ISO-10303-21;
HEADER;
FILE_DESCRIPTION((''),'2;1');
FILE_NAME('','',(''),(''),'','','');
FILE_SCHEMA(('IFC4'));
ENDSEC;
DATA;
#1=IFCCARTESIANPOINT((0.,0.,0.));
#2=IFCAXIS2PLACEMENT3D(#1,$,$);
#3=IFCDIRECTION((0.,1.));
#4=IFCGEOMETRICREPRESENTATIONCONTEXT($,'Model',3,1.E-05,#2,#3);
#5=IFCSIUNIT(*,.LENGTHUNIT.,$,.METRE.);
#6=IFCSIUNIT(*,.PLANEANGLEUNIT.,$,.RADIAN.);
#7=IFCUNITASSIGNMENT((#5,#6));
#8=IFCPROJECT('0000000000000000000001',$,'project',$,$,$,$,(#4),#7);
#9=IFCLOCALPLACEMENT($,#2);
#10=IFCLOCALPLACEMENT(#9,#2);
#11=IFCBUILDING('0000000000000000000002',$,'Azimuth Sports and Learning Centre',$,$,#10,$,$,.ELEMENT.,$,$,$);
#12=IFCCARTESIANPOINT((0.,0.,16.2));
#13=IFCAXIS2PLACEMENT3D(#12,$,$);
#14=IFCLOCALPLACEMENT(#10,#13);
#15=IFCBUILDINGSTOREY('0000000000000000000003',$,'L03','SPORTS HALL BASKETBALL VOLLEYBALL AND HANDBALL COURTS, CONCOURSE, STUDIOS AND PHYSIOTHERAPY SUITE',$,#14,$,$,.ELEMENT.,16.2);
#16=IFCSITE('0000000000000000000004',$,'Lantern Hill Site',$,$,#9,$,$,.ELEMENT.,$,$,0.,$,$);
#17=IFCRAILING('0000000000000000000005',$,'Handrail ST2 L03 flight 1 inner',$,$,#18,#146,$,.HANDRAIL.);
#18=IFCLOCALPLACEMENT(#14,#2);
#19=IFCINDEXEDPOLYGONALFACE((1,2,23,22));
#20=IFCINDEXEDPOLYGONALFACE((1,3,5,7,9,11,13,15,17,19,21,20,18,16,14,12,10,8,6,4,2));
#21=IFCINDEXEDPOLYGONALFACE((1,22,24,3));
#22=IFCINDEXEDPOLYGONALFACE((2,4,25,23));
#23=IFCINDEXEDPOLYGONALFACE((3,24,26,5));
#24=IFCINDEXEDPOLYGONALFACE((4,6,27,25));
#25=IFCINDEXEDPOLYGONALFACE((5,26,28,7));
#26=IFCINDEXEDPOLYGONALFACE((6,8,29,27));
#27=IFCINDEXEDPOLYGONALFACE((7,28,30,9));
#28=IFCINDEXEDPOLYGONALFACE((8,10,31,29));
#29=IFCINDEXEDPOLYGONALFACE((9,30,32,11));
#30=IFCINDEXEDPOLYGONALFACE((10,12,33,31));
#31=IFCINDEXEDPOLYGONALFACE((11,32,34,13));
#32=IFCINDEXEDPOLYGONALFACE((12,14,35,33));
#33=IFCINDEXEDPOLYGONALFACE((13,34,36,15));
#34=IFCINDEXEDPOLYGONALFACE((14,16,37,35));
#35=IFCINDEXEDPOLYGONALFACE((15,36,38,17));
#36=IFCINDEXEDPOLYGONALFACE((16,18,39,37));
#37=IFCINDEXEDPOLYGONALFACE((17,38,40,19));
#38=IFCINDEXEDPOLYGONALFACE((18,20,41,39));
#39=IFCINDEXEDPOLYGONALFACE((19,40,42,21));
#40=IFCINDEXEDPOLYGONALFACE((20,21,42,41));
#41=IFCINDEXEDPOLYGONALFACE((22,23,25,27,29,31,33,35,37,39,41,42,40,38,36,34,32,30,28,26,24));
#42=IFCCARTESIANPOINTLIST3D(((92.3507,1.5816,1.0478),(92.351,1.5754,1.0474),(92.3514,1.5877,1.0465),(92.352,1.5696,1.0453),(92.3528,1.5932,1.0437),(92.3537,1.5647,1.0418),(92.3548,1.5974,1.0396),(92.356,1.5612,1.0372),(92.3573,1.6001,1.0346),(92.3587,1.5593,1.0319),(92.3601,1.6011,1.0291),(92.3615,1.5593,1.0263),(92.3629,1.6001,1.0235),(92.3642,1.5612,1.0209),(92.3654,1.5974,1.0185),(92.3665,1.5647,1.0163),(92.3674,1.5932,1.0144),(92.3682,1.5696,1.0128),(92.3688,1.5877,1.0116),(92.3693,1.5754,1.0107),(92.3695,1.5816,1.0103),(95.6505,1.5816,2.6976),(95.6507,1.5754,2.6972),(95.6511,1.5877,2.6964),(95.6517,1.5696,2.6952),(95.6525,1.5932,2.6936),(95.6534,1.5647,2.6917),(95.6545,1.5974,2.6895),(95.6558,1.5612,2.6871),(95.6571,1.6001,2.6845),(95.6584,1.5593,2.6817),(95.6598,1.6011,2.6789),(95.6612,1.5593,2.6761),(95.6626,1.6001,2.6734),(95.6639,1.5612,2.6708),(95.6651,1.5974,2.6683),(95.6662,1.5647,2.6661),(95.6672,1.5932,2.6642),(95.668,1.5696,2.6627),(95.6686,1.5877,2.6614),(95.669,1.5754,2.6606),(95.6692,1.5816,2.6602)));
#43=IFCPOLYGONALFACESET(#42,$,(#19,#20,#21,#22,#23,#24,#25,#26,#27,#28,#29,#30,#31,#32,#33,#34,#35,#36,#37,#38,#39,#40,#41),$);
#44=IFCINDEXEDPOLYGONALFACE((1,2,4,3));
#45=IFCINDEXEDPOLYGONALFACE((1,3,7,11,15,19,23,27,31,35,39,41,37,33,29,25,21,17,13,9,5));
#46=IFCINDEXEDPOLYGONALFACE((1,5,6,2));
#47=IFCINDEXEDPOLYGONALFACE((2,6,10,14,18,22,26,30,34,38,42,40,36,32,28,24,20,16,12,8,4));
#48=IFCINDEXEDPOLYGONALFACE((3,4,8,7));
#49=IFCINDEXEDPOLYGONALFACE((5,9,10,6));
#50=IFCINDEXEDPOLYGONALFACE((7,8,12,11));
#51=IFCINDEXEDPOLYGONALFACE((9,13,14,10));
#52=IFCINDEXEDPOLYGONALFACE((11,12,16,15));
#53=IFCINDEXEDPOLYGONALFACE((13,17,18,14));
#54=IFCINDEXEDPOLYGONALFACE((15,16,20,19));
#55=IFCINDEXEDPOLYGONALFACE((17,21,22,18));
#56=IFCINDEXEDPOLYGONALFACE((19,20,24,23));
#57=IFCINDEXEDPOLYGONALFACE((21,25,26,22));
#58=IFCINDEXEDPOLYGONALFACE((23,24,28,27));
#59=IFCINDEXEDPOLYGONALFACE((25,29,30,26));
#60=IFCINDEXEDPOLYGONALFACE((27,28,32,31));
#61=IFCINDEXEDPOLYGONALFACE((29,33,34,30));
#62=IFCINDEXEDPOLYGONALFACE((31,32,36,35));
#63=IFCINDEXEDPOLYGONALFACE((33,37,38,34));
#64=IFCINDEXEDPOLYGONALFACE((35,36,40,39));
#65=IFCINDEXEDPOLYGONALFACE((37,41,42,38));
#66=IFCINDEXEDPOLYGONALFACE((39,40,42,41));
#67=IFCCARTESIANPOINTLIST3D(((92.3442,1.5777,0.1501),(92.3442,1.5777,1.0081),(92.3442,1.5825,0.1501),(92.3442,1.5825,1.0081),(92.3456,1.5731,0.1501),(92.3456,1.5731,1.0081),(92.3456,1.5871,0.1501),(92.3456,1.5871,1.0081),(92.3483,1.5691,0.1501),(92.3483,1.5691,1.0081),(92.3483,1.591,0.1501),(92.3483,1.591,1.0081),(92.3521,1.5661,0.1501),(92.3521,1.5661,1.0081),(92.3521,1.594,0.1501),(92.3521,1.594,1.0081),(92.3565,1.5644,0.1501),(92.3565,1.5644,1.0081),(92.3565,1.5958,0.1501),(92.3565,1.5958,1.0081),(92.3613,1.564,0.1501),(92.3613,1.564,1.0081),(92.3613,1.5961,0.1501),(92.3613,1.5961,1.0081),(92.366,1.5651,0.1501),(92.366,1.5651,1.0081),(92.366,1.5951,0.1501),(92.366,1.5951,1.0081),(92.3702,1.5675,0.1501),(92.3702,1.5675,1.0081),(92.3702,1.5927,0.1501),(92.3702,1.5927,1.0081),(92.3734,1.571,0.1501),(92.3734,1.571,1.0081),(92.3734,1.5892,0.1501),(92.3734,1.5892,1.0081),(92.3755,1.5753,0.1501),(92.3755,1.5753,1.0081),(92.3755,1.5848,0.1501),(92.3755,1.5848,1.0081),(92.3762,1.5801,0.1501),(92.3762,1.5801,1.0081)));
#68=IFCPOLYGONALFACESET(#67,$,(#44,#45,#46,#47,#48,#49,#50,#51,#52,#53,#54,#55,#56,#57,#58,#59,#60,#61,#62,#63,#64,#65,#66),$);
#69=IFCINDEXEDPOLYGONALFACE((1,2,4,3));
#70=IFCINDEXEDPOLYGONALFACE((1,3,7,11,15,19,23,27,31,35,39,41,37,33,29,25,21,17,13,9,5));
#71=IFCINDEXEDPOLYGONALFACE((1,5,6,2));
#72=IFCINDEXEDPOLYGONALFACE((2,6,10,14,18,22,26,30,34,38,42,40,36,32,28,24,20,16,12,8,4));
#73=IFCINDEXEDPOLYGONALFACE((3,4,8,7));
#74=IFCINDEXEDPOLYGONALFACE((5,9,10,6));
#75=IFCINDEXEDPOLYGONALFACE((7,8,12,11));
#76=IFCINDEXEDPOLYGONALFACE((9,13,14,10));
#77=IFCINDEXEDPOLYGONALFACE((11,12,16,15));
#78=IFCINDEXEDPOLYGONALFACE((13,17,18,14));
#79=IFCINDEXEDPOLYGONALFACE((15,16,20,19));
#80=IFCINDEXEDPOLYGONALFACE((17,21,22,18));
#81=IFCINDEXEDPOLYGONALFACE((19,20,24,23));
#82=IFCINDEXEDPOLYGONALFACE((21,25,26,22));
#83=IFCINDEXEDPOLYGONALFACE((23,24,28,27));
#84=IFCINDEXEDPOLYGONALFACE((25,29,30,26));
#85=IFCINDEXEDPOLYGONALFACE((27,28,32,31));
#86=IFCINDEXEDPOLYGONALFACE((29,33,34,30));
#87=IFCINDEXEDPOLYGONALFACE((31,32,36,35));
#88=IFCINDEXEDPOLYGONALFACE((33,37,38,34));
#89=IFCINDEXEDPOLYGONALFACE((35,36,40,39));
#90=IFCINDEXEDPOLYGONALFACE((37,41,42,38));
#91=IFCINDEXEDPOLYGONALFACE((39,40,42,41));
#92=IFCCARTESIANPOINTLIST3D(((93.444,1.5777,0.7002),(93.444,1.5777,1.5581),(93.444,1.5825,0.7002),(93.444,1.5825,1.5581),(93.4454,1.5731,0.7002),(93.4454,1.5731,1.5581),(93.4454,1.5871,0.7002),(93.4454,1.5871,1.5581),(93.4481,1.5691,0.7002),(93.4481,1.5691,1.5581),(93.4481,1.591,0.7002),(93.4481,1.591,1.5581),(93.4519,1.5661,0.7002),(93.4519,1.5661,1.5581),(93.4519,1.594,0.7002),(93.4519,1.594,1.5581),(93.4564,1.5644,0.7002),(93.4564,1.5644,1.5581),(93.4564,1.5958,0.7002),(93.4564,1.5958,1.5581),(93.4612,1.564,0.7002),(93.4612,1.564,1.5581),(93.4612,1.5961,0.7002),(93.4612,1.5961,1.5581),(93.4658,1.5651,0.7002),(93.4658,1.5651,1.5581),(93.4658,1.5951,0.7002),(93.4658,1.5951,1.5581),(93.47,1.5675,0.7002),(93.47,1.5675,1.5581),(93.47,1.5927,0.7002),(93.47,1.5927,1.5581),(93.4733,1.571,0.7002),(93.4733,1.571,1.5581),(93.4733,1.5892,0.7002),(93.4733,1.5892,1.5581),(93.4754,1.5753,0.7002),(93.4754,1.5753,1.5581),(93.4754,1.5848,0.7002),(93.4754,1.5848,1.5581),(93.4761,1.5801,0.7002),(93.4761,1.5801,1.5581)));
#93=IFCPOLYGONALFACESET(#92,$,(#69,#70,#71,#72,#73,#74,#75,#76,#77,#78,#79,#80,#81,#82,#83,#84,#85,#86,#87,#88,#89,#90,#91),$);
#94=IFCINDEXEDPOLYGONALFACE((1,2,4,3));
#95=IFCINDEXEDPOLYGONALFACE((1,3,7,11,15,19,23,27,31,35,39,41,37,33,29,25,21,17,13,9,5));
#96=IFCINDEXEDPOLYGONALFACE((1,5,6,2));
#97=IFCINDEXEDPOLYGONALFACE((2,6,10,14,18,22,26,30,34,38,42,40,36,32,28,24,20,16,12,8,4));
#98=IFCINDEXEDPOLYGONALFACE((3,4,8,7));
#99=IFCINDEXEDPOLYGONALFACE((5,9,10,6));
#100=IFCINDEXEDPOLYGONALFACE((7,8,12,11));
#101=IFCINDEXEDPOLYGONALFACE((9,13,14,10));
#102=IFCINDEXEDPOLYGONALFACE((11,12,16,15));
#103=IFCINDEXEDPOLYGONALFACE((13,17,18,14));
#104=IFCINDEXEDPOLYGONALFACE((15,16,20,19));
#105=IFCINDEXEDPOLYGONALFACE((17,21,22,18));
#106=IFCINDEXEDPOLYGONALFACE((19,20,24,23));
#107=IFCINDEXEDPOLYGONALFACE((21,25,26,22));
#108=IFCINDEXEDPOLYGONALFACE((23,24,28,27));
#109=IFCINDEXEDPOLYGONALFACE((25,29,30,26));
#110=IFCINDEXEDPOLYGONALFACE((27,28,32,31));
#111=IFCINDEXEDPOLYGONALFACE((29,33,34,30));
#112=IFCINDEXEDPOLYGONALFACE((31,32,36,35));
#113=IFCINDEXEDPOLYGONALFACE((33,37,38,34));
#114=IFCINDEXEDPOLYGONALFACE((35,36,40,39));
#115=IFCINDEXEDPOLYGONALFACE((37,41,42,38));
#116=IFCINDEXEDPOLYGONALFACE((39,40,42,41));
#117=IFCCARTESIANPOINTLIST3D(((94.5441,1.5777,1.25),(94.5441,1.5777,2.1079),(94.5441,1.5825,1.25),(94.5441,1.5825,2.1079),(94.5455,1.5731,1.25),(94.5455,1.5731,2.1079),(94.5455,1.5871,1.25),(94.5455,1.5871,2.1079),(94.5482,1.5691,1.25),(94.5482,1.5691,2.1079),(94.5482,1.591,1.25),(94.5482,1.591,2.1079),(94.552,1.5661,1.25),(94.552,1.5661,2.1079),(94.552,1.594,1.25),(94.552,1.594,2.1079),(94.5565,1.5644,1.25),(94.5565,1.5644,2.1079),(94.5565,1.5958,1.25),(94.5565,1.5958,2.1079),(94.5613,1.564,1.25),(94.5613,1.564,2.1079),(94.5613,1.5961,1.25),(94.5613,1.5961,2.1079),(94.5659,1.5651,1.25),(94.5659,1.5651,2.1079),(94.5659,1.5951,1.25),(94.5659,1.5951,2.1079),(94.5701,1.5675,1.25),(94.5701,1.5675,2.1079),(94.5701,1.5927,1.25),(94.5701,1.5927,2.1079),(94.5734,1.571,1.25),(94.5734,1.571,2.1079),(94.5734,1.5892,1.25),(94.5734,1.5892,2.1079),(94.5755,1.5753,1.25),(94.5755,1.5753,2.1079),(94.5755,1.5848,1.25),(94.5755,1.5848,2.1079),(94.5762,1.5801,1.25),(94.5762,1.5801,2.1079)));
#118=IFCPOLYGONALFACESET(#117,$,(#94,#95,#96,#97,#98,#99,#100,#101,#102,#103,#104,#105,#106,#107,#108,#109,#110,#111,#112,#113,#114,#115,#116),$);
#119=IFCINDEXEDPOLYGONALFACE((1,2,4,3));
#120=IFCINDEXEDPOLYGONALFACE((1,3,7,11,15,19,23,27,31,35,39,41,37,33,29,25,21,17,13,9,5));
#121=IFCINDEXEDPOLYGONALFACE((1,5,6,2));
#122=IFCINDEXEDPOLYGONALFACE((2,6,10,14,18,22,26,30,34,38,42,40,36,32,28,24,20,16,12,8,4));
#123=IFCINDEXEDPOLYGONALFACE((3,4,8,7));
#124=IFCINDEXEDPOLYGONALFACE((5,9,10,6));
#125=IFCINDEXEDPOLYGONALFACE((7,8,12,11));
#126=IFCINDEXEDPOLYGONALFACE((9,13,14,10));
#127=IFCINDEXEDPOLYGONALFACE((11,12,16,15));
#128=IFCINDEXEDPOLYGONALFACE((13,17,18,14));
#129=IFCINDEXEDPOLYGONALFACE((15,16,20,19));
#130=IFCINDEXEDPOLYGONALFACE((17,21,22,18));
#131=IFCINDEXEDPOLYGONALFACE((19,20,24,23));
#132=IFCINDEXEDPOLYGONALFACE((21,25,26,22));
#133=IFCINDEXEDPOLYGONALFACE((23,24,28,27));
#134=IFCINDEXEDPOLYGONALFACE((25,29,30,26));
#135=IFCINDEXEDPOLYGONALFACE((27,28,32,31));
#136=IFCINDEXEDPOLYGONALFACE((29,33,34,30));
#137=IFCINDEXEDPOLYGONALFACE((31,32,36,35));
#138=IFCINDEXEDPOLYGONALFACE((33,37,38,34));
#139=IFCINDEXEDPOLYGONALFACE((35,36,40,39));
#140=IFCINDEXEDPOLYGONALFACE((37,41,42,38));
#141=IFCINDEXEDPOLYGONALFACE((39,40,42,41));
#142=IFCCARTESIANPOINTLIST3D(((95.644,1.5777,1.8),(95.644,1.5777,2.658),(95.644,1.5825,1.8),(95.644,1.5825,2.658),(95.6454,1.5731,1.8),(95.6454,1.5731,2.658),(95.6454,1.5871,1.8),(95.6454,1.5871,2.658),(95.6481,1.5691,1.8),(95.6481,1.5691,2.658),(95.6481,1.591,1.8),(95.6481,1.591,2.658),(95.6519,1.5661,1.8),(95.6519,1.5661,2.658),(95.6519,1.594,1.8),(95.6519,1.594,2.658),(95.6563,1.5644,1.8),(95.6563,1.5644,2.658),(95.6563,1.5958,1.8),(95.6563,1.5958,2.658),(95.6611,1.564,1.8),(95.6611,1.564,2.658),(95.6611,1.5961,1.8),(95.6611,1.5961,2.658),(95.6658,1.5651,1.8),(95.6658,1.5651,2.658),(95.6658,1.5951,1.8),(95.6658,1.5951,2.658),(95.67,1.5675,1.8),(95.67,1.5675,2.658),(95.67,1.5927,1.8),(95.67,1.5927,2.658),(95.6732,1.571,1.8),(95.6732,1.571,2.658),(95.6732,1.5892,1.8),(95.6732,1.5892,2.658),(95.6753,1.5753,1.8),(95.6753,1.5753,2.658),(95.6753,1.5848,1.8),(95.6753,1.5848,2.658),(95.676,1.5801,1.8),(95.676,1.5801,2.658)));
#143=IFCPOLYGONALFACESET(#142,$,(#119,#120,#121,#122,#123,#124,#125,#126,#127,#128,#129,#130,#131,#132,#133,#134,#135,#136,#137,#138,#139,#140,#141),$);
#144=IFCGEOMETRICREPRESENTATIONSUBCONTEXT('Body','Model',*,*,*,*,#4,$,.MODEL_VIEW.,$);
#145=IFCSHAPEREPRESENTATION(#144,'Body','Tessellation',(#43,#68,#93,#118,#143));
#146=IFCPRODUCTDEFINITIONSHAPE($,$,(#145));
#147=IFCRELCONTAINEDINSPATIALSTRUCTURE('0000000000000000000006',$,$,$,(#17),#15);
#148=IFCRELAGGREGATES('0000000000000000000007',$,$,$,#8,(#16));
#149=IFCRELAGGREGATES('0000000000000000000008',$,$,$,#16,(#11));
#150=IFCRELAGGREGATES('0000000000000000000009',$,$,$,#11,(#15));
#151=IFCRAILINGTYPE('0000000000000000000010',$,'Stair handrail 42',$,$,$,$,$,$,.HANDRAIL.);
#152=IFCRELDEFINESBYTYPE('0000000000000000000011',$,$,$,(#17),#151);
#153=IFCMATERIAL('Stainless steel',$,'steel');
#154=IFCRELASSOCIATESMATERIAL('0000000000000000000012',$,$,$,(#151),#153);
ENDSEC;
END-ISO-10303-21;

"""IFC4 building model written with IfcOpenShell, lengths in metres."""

from ifc_helpers import new_model, si_unit, direction, frame, origin, origin_2d, place, context, subcontext, project, spatial, circle, extrude, material, type_object, element, save


model = new_model("IFC4")

# Units and contexts
model_context = context("Model", 3, precision=1e-05, world=origin(), true_north=direction((0.0, 1.0)))
body_context = subcontext(model_context, "Body", "Model", "MODEL_VIEW")
ifc_project = project(units=[si_unit("LENGTHUNIT", "METRE"), si_unit("PLANEANGLEUNIT", "RADIAN")], contexts=[model_context])

# Site, building, storey
site_placement = place(None, origin())
site = spatial("IfcSite", under=ifc_project, at=site_placement, Name="Lantern Hill Site", CompositionType="ELEMENT", RefElevation=0.0)
building_placement = place(site_placement, origin())
building = spatial("IfcBuilding", under=site, at=building_placement, Name="Azimuth Sports and Learning Centre", CompositionType="ELEMENT")
storey_placement = place(building_placement, frame((0.0, 0.0, 16.2)))
storey = spatial("IfcBuildingStorey", under=building, at=storey_placement, Name="L03", Description="SPORTS HALL BASKETBALL VOLLEYBALL AND HANDBALL COURTS, CONCOURSE, STUDIOS AND PHYSIOTHERAPY SUITE", CompositionType="ELEMENT", Elevation=16.2)

# Railing
ifc_material_1 = material(Name="Stainless steel", Category="steel")
railing_type_1 = type_object("IfcRailingType", Name="Stair handrail 42", PredefinedType="HANDRAIL", material=ifc_material_1)
for number, where, name in (
    (1, (92.3601, 1.5801, 0.1501), "Handrail ST2 L03 flight 1 inner"),
):
    element("IfcRailing", number, at=place(storey_placement, frame(where)), inside=storey, type_object=railing_type_1, Name=name, PredefinedType="HANDRAIL", context=body_context, shape_type="SweptSolid", body=[
        extrude(circle(Radius=0.021, at=origin_2d()), frame((0.0, 0.0, 0.8789), z_axis=(0.894427, 0.0, 0.447214), x_axis=(0.0, 1.0, 0.0)), (0.0, 0.0, 1.0), 3.6892),
        extrude(circle(Radius=0.0161, at=origin_2d()), origin(), (0.0, 0.0, 1.0), 0.8579),
        extrude(circle(Radius=0.0161, at=origin_2d()), frame((1.0999, 0.0, 0.55)), (0.0, 0.0, 1.0), 0.8579),
        extrude(circle(Radius=0.0161, at=origin_2d()), frame((2.2, 0.0, 1.0999)), (0.0, 0.0, 1.0), 0.8579),
        extrude(circle(Radius=0.0161, at=origin_2d()), frame((3.2998, 0.0, 1.6499)), (0.0, 0.0, 1.0), 0.8579),
    ])

save(model, "model.ifc")
